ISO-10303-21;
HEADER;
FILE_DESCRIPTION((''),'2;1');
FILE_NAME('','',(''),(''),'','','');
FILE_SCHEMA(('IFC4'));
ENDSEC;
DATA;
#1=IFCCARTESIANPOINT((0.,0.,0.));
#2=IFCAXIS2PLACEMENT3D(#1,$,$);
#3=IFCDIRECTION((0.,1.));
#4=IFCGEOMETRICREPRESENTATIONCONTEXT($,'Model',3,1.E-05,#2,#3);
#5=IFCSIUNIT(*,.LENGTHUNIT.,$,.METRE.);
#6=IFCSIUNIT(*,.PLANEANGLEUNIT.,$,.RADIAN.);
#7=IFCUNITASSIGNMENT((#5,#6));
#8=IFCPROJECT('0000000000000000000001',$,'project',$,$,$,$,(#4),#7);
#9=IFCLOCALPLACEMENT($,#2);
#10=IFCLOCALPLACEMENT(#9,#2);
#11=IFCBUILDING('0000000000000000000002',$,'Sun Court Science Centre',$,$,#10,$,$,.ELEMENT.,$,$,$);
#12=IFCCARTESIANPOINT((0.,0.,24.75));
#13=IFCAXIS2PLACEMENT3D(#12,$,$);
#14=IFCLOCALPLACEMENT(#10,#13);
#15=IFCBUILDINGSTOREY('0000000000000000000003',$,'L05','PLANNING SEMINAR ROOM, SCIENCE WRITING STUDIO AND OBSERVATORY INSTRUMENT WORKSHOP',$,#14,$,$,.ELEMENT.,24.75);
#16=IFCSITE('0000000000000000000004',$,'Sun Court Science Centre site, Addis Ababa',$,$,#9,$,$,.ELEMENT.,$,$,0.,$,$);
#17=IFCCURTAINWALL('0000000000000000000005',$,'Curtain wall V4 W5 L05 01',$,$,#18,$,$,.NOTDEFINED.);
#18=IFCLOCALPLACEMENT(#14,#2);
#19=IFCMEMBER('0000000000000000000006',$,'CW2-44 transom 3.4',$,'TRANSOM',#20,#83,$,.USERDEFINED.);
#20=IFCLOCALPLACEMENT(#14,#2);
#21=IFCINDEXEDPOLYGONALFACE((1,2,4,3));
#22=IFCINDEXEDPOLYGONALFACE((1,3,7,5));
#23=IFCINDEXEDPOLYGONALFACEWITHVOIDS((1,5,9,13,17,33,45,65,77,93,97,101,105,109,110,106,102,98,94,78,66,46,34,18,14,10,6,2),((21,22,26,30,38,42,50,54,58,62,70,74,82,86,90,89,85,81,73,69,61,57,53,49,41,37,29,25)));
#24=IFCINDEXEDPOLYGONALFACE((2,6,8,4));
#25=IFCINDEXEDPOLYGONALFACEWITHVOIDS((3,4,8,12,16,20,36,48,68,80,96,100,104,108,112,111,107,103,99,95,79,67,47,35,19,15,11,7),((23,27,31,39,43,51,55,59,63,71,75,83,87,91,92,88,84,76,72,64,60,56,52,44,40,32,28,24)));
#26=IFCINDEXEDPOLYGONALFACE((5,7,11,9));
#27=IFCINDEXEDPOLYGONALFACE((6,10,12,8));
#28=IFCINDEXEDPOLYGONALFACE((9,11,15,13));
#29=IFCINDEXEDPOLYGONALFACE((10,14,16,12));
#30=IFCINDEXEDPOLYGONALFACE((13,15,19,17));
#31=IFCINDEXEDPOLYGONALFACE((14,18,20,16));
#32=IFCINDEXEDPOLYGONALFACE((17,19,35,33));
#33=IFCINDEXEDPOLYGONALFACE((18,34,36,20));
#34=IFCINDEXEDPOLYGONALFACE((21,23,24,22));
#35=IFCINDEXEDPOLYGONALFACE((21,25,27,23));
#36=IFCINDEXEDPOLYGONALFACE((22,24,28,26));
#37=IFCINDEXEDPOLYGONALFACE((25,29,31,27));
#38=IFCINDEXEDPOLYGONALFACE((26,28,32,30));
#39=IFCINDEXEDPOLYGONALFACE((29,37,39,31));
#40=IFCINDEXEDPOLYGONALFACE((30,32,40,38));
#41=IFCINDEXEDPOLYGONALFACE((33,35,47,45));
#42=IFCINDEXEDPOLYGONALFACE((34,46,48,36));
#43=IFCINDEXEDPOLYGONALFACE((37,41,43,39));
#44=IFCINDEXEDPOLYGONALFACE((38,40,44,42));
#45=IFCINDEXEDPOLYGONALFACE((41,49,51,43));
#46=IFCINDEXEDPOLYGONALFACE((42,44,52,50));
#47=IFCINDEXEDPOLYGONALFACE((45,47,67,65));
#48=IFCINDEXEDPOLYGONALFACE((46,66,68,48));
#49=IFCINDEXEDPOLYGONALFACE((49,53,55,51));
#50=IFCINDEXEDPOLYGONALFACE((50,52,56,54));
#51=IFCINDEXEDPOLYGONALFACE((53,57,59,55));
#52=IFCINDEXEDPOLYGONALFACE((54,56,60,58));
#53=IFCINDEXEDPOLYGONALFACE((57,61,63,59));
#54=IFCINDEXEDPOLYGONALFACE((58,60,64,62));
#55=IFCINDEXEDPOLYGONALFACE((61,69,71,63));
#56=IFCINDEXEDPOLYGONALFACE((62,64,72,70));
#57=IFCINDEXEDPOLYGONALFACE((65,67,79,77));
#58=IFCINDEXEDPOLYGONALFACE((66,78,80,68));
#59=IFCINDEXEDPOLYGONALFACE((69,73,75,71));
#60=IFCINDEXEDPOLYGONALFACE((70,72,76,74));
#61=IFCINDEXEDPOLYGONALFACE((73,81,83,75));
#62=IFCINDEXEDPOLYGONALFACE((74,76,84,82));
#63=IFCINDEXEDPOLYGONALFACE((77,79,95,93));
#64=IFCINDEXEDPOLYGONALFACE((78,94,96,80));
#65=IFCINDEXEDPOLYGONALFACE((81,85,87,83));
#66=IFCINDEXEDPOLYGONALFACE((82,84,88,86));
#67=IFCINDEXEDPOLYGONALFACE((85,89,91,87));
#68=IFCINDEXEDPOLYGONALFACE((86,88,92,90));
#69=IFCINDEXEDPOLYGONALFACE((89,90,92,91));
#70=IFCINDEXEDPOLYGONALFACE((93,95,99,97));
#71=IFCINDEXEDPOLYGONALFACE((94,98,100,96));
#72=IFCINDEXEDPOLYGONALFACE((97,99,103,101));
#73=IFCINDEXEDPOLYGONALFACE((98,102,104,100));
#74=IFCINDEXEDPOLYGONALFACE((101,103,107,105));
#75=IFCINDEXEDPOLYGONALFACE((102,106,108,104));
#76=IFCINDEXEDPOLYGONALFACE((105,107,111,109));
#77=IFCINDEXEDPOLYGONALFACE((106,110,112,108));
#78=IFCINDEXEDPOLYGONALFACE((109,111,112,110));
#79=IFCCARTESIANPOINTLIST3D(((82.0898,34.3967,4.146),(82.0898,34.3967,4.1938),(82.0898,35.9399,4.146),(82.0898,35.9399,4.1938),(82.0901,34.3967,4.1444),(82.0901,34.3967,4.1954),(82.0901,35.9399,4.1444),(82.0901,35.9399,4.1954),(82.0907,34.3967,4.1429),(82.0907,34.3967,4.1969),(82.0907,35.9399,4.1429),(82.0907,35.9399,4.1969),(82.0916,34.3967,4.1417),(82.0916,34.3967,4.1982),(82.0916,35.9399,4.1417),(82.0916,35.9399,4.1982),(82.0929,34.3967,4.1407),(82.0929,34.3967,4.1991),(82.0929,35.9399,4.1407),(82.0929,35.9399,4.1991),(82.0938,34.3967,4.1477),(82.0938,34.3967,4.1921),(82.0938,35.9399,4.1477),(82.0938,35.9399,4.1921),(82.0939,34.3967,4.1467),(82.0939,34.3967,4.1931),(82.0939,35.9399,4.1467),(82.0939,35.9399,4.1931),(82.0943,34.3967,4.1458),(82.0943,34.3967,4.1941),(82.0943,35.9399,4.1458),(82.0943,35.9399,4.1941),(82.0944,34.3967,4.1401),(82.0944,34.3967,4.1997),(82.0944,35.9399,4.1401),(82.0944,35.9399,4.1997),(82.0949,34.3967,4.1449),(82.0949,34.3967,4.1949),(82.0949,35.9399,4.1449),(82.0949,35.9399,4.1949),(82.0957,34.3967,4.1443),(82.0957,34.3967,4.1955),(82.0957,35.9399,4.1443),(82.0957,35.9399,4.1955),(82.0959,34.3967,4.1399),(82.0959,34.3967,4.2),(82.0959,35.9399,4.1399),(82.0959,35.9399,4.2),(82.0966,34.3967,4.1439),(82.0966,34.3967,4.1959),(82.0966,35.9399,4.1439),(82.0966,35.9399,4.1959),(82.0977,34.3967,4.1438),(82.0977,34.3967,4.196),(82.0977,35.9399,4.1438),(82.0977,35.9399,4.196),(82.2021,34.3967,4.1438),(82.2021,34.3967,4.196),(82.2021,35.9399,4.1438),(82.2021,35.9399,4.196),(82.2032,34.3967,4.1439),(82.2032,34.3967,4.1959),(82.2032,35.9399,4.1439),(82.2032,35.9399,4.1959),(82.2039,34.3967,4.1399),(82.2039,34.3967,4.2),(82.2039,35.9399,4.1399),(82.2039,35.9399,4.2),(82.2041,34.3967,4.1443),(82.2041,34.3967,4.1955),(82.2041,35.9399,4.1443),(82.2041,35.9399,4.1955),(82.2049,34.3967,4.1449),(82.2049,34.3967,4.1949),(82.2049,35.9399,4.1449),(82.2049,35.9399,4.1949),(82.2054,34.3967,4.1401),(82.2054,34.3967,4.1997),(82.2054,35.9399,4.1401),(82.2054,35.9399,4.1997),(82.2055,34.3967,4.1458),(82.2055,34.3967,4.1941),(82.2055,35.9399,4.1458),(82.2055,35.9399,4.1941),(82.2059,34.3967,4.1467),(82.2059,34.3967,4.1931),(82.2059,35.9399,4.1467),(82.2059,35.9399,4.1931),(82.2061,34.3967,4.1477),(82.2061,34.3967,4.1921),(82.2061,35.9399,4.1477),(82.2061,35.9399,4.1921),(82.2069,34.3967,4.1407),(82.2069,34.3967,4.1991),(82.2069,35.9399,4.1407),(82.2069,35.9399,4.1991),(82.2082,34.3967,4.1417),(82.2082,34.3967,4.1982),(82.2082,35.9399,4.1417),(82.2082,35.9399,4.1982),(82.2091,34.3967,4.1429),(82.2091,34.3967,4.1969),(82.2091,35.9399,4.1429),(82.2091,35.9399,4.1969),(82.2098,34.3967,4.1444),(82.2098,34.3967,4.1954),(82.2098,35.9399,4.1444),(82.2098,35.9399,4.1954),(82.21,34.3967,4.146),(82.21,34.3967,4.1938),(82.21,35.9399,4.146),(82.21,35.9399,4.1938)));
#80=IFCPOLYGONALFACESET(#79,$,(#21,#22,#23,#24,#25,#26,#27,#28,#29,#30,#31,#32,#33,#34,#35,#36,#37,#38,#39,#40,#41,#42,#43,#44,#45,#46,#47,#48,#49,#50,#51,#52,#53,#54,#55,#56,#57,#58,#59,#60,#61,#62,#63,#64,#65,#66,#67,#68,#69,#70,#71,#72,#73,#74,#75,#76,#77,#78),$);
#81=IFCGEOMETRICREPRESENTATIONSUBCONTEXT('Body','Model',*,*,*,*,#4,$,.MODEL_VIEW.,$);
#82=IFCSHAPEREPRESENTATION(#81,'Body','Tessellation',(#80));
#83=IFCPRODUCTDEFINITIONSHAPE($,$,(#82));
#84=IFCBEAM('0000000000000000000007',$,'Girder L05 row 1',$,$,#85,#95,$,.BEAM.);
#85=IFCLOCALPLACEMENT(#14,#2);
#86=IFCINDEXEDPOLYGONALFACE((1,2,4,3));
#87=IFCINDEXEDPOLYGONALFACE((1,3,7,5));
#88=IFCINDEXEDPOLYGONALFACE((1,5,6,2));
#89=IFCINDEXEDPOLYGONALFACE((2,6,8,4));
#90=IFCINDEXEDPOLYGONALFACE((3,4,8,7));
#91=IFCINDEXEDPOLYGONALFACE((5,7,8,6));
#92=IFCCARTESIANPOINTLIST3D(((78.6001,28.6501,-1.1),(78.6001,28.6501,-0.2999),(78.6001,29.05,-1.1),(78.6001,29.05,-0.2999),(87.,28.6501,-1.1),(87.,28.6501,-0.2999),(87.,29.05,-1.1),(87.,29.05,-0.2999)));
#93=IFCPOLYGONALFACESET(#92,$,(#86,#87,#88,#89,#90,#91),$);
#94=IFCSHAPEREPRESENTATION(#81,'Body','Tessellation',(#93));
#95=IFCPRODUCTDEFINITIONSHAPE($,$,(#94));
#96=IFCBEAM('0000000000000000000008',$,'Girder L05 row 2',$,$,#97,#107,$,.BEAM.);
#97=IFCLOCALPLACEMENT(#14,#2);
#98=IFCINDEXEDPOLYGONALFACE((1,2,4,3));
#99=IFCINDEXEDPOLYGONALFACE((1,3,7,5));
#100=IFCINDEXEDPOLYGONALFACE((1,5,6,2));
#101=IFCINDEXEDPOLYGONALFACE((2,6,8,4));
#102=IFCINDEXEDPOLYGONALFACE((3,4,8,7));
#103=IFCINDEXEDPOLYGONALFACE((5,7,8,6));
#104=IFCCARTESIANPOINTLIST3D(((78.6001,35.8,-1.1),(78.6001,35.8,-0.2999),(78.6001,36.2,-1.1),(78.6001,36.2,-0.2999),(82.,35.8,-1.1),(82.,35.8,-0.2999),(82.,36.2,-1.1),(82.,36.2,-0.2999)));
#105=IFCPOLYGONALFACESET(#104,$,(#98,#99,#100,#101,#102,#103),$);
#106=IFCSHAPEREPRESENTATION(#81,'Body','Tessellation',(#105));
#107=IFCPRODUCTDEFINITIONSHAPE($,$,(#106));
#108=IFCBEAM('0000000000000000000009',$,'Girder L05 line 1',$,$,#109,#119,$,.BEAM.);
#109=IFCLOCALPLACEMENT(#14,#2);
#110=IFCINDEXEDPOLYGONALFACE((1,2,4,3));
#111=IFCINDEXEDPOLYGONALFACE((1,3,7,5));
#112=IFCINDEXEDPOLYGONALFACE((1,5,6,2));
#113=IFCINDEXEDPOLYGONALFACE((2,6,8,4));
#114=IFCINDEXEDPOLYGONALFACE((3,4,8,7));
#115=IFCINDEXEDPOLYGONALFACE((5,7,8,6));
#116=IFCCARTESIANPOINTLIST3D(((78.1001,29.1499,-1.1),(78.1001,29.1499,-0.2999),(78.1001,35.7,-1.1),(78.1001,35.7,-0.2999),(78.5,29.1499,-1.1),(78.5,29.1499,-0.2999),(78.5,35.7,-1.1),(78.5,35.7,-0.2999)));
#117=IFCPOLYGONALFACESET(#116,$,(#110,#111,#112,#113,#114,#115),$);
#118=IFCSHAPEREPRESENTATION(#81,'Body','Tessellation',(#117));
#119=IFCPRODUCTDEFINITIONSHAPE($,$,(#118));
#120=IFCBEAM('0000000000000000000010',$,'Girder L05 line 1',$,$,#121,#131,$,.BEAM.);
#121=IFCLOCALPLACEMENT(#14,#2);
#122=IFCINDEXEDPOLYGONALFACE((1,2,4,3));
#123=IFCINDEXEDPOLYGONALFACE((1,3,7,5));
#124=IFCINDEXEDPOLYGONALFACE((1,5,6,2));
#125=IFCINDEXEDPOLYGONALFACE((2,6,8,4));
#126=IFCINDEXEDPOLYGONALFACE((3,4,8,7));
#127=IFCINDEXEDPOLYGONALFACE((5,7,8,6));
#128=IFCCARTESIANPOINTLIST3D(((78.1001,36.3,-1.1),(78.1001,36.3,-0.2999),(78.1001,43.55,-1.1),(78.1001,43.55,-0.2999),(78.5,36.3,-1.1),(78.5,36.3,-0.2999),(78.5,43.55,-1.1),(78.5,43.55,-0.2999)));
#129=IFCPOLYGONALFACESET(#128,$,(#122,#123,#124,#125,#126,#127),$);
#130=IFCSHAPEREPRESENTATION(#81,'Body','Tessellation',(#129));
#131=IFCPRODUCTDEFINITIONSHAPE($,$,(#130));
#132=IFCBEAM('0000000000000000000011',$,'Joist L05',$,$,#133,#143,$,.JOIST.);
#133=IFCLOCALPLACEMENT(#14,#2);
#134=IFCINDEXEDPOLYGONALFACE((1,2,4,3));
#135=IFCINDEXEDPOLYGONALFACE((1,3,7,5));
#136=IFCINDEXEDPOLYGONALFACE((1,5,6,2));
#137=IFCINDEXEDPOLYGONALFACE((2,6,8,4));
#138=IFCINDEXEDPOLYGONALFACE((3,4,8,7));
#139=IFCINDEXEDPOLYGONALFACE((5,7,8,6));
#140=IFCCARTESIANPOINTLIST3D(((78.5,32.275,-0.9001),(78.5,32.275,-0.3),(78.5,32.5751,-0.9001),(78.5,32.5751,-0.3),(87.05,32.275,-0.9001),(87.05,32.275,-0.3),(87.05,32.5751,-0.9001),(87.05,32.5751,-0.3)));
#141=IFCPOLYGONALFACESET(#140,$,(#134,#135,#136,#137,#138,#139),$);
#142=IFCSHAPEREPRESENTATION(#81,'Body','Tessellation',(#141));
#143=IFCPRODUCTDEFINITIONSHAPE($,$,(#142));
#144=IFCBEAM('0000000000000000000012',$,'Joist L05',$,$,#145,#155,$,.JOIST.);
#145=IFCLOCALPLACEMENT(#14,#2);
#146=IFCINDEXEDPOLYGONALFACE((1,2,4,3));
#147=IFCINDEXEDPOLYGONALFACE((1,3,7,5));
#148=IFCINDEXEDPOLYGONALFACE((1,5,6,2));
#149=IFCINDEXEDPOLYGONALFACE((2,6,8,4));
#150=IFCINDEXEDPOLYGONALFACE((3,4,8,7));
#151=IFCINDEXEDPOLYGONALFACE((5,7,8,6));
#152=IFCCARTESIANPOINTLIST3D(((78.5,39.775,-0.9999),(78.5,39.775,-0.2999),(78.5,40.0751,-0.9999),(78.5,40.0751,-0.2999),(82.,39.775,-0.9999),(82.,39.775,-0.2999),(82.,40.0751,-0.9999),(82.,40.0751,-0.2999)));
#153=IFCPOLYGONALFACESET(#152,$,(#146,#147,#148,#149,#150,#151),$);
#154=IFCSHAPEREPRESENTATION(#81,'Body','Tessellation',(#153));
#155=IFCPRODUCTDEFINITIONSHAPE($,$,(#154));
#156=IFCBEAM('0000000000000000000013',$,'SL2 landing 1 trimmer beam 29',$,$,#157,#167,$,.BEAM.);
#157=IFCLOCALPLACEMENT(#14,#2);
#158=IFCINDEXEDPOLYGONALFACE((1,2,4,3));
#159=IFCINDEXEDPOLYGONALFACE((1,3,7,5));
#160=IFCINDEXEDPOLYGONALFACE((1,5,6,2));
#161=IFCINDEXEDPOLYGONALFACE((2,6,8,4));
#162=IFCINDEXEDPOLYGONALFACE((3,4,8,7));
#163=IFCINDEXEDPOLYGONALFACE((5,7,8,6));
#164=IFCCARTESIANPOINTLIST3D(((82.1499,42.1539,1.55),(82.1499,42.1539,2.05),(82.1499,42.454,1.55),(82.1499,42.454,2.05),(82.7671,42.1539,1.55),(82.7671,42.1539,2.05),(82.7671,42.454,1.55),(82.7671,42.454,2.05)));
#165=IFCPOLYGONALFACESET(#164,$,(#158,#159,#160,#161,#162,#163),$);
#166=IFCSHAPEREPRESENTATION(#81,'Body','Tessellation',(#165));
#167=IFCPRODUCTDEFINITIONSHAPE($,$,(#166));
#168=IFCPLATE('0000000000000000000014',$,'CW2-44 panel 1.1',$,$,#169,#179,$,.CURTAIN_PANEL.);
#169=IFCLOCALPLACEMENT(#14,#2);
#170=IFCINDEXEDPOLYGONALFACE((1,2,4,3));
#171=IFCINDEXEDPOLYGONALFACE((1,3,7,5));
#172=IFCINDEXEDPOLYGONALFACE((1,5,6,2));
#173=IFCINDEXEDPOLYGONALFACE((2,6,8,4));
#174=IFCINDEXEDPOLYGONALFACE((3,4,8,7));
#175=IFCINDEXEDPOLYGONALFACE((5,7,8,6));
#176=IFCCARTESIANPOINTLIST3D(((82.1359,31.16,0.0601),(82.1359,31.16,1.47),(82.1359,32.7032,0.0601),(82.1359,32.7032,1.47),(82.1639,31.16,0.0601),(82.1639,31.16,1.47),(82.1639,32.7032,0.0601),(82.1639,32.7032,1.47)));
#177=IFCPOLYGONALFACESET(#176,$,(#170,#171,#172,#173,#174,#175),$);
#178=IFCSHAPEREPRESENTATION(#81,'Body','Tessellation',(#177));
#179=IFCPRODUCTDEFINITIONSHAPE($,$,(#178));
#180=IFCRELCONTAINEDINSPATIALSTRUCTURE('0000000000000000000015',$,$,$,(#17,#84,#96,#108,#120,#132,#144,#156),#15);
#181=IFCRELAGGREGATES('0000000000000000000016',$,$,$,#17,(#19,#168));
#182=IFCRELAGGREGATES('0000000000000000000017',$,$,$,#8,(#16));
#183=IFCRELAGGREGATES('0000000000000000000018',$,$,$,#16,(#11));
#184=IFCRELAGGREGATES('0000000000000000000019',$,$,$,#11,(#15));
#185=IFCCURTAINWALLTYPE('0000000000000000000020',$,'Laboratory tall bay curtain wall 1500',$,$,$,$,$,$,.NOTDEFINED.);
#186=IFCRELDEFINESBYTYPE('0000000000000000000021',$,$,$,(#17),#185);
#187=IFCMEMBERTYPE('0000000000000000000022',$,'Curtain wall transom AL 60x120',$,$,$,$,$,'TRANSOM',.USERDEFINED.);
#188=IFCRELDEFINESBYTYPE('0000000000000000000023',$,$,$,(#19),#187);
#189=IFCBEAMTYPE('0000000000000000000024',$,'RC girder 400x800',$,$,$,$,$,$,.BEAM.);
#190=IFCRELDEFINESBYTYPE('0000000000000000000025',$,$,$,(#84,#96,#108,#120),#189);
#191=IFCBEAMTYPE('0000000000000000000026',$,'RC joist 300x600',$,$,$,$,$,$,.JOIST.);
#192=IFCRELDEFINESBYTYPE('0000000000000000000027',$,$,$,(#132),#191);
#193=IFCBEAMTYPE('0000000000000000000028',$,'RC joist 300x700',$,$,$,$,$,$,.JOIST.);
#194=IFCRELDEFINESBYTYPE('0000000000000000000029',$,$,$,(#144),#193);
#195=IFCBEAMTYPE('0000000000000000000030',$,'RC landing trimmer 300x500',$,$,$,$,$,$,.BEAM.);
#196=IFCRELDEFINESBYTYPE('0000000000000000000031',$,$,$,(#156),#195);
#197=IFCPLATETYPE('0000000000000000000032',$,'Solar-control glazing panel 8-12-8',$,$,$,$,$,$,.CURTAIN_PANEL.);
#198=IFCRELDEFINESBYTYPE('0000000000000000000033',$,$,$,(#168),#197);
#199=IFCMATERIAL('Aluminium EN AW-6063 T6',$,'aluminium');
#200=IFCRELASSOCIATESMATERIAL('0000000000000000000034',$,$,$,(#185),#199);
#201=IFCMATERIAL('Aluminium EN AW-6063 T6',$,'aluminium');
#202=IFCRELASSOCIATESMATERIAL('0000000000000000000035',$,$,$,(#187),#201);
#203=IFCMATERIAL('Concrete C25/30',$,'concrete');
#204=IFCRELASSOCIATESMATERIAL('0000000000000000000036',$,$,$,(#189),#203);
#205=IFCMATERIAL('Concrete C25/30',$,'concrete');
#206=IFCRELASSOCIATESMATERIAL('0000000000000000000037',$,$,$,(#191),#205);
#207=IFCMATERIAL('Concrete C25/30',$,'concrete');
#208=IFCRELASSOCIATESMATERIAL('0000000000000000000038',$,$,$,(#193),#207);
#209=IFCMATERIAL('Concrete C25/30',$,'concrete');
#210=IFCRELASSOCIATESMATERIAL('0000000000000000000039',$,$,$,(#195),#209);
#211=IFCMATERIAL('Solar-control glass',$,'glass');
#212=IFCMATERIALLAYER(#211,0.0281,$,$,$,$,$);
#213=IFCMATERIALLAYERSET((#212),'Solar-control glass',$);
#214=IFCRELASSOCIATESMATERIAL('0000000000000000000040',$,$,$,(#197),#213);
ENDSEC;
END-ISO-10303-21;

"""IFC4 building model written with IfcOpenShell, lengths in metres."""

from ifc_helpers import new_model, si_unit, direction, frame, origin, origin_2d, place, context, subcontext, project, spatial, rectangle, hollow_rectangle, extrude, material, layer, layer_set, material_profile, profile_set, type_object, element, aggregate, save


model = new_model("IFC4")

# Units and contexts
model_context = context("Model", 3, precision=1e-05, world=origin(), true_north=direction((0.0, 1.0)))
body_context = subcontext(model_context, "Body", "Model", "MODEL_VIEW")
ifc_project = project(units=[si_unit("LENGTHUNIT", "METRE"), si_unit("PLANEANGLEUNIT", "RADIAN")], contexts=[model_context])

# Site, building, storey
site_placement = place(None, origin())
site = spatial("IfcSite", under=ifc_project, at=site_placement, Name="Sun Court Science Centre site, Addis Ababa", CompositionType="ELEMENT", RefElevation=0.0)
building_placement = place(site_placement, origin())
building = spatial("IfcBuilding", under=site, at=building_placement, Name="Sun Court Science Centre", CompositionType="ELEMENT")
storey_placement = place(building_placement, frame((0.0, 0.0, 24.75)))
storey = spatial("IfcBuildingStorey", under=building, at=storey_placement, Name="L05", Description="PLANNING SEMINAR ROOM, SCIENCE WRITING STUDIO AND OBSERVATORY INSTRUMENT WORKSHOP", CompositionType="ELEMENT", Elevation=24.75)

# Curtain wall
ifc_material_1 = material(Name="Aluminium EN AW-6063 T6", Category="aluminium")
curtain_wall_type = type_object("IfcCurtainWallType", Name="Laboratory tall bay curtain wall 1500", PredefinedType="NOTDEFINED", material=ifc_material_1)
curtain_wall_1_placement = place(storey_placement, origin())
curtain_wall_1 = element("IfcCurtainWall", 1, at=curtain_wall_1_placement, inside=storey, type_object=curtain_wall_type, Name="Curtain wall V4 W5 L05 01", PredefinedType="NOTDEFINED")

# Member
ifc_material_2 = material(Name="Aluminium EN AW-6063 T6", Category="aluminium")
ifc_material_profile_1 = material_profile(ifc_material_2, hollow_rectangle(XDim=0.0601, YDim=0.1201, WallThickness=0.0039, InnerFilletRadius=0.0039, OuterFilletRadius=0.0061, at=origin_2d()), Name="AL 60x120x4")
ifc_profile_set_1 = profile_set([ifc_material_profile_1], Name="Aluminium EN AW-6063 T6")
member_type_1 = type_object("IfcMemberType", Name="Curtain wall transom AL 60x120", ElementType="TRANSOM", PredefinedType="USERDEFINED", material=ifc_profile_set_1)
member_1_placement = place(storey_placement, frame((82.1499, 34.3967, 4.1699), z_axis=(0.0, 1.0, 0.0), x_axis=(0.0, 0.0, 1.0)))
member_1 = element("IfcMember", 2, at=member_1_placement, type_object=member_type_1, Name="CW2-44 transom 3.4", ObjectType="TRANSOM", PredefinedType="USERDEFINED", context=body_context, shape_type="SweptSolid", body=[
    extrude(hollow_rectangle(XDim=0.0601, YDim=0.1201, WallThickness=0.0039, InnerFilletRadius=0.0039, OuterFilletRadius=0.0061, at=origin_2d()), origin(), (0.0, 0.0, 1.0), 1.5432),
])

# Beams
ifc_material_3 = material(Name="Concrete C25/30", Category="concrete")
ifc_material_profile_2 = material_profile(ifc_material_3, rectangle(XDim=0.3999, YDim=0.8, at=origin_2d()), Name="RC 400x800")
ifc_profile_set_2 = profile_set([ifc_material_profile_2], Name="Concrete C25/30")
beam_type_1 = type_object("IfcBeamType", Name="RC girder 400x800", PredefinedType="BEAM", material=ifc_profile_set_2)
beam_1_placement = place(storey_placement, frame((78.6001, 28.8501, -0.7), z_axis=(1.0, 0.0, 0.0), x_axis=(0.0, 1.0, 0.0)))
element("IfcBeam", 3, at=beam_1_placement, inside=storey, type_object=beam_type_1, Name="Girder L05 row 1", PredefinedType="BEAM", context=body_context, shape_type="SweptSolid", body=[
    extrude(rectangle(XDim=0.3999, YDim=0.8, at=origin_2d()), origin(), (0.0, 0.0, 1.0), 8.3999),
])
beam_2_placement = place(storey_placement, frame((78.6001, 36.0, -0.7), z_axis=(1.0, 0.0, 0.0), x_axis=(0.0, 1.0, 0.0)))
element("IfcBeam", 4, at=beam_2_placement, inside=storey, type_object=beam_type_1, Name="Girder L05 row 2", PredefinedType="BEAM", context=body_context, shape_type="SweptSolid", body=[
    extrude(rectangle(XDim=0.3999, YDim=0.8, at=origin_2d()), origin(), (0.0, 0.0, 1.0), 3.3999),
])
beam_3_placement = place(storey_placement, frame((78.3, 29.1499, -0.7), z_axis=(0.0, 1.0, 0.0), x_axis=(-1.0, 0.0, 0.0)))
element("IfcBeam", 5, at=beam_3_placement, inside=storey, type_object=beam_type_1, Name="Girder L05 line 1", PredefinedType="BEAM", context=body_context, shape_type="SweptSolid", body=[
    extrude(rectangle(XDim=0.3999, YDim=0.8, at=origin_2d()), origin(), (0.0, 0.0, 1.0), 6.55),
])
beam_4_placement = place(storey_placement, frame((78.3, 36.3, -0.7), z_axis=(0.0, 1.0, 0.0), x_axis=(-1.0, 0.0, 0.0)))
element("IfcBeam", 6, at=beam_4_placement, inside=storey, type_object=beam_type_1, Name="Girder L05 line 1", PredefinedType="BEAM", context=body_context, shape_type="SweptSolid", body=[
    extrude(rectangle(XDim=0.3999, YDim=0.8, at=origin_2d()), origin(), (0.0, 0.0, 1.0), 7.25),
])
ifc_material_4 = material(Name="Concrete C25/30", Category="concrete")
ifc_material_profile_3 = material_profile(ifc_material_4, rectangle(XDim=0.3, YDim=0.6001, at=origin_2d()), Name="RC 300x600")
ifc_profile_set_3 = profile_set([ifc_material_profile_3], Name="Concrete C25/30")
beam_type_2 = type_object("IfcBeamType", Name="RC joist 300x600", PredefinedType="JOIST", material=ifc_profile_set_3)
beam_5_placement = place(storey_placement, frame((78.5, 32.425, -0.6001), z_axis=(1.0, 0.0, 0.0), x_axis=(0.0, 1.0, 0.0)))
element("IfcBeam", 7, at=beam_5_placement, inside=storey, type_object=beam_type_2, Name="Joist L05", PredefinedType="JOIST", context=body_context, shape_type="SweptSolid", body=[
    extrude(rectangle(XDim=0.3, YDim=0.6001, at=origin_2d()), origin(), (0.0, 0.0, 1.0), 8.55),
])
ifc_material_5 = material(Name="Concrete C25/30", Category="concrete")
ifc_material_profile_4 = material_profile(ifc_material_5, rectangle(XDim=0.3, YDim=0.7, at=origin_2d()), Name="RC 300x700")
ifc_profile_set_4 = profile_set([ifc_material_profile_4], Name="Concrete C25/30")
beam_type_3 = type_object("IfcBeamType", Name="RC joist 300x700", PredefinedType="JOIST", material=ifc_profile_set_4)
beam_6_placement = place(storey_placement, frame((78.5, 39.925, -0.6499), z_axis=(1.0, 0.0, 0.0), x_axis=(0.0, 1.0, 0.0)))
element("IfcBeam", 8, at=beam_6_placement, inside=storey, type_object=beam_type_3, Name="Joist L05", PredefinedType="JOIST", context=body_context, shape_type="SweptSolid", body=[
    extrude(rectangle(XDim=0.3, YDim=0.7, at=origin_2d()), origin(), (0.0, 0.0, 1.0), 3.5),
])
ifc_material_6 = material(Name="Concrete C25/30", Category="concrete")
ifc_material_profile_5 = material_profile(ifc_material_6, rectangle(XDim=0.3, YDim=0.5, at=origin_2d()), Name="RC 300x500")
ifc_profile_set_5 = profile_set([ifc_material_profile_5], Name="Concrete C25/30")
beam_type_4 = type_object("IfcBeamType", Name="RC landing trimmer 300x500", PredefinedType="BEAM", material=ifc_profile_set_5)
beam_7_placement = place(storey_placement, frame((82.1499, 42.304, 1.8), z_axis=(1.0, 0.0, 0.0), x_axis=(0.0, 1.0, 0.0)))
element("IfcBeam", 9, at=beam_7_placement, inside=storey, type_object=beam_type_4, Name="SL2 landing 1 trimmer beam 29", PredefinedType="BEAM", context=body_context, shape_type="SweptSolid", body=[
    extrude(rectangle(XDim=0.3, YDim=0.5, at=origin_2d()), origin(), (0.0, 0.0, 1.0), 0.6172),
])

# Plate
ifc_material_7 = material(Name="Solar-control glass", Category="glass")
ifc_layer_1 = layer(ifc_material_7, 0.0281)
ifc_layer_set_1 = layer_set([ifc_layer_1], Name="Solar-control glass")
plate_type = type_object("IfcPlateType", Name="Solar-control glazing panel 8-12-8", PredefinedType="CURTAIN_PANEL", material=ifc_layer_set_1)
plate_1_placement = place(storey_placement, frame((82.1499, 31.9316, 0.0601), z_axis=(0.0, 0.0, 1.0), x_axis=(0.0, 1.0, 0.0)))
plate_1 = element("IfcPlate", 10, at=plate_1_placement, type_object=plate_type, Name="CW2-44 panel 1.1", PredefinedType="CURTAIN_PANEL", context=body_context, shape_type="SweptSolid", body=[
    extrude(rectangle(XDim=1.5432, YDim=0.0281, at=origin_2d()), origin(), (0.0, 0.0, 1.0), 1.4099),
])
aggregate(curtain_wall_1, [member_1, plate_1])

save(model, "model.ifc")
